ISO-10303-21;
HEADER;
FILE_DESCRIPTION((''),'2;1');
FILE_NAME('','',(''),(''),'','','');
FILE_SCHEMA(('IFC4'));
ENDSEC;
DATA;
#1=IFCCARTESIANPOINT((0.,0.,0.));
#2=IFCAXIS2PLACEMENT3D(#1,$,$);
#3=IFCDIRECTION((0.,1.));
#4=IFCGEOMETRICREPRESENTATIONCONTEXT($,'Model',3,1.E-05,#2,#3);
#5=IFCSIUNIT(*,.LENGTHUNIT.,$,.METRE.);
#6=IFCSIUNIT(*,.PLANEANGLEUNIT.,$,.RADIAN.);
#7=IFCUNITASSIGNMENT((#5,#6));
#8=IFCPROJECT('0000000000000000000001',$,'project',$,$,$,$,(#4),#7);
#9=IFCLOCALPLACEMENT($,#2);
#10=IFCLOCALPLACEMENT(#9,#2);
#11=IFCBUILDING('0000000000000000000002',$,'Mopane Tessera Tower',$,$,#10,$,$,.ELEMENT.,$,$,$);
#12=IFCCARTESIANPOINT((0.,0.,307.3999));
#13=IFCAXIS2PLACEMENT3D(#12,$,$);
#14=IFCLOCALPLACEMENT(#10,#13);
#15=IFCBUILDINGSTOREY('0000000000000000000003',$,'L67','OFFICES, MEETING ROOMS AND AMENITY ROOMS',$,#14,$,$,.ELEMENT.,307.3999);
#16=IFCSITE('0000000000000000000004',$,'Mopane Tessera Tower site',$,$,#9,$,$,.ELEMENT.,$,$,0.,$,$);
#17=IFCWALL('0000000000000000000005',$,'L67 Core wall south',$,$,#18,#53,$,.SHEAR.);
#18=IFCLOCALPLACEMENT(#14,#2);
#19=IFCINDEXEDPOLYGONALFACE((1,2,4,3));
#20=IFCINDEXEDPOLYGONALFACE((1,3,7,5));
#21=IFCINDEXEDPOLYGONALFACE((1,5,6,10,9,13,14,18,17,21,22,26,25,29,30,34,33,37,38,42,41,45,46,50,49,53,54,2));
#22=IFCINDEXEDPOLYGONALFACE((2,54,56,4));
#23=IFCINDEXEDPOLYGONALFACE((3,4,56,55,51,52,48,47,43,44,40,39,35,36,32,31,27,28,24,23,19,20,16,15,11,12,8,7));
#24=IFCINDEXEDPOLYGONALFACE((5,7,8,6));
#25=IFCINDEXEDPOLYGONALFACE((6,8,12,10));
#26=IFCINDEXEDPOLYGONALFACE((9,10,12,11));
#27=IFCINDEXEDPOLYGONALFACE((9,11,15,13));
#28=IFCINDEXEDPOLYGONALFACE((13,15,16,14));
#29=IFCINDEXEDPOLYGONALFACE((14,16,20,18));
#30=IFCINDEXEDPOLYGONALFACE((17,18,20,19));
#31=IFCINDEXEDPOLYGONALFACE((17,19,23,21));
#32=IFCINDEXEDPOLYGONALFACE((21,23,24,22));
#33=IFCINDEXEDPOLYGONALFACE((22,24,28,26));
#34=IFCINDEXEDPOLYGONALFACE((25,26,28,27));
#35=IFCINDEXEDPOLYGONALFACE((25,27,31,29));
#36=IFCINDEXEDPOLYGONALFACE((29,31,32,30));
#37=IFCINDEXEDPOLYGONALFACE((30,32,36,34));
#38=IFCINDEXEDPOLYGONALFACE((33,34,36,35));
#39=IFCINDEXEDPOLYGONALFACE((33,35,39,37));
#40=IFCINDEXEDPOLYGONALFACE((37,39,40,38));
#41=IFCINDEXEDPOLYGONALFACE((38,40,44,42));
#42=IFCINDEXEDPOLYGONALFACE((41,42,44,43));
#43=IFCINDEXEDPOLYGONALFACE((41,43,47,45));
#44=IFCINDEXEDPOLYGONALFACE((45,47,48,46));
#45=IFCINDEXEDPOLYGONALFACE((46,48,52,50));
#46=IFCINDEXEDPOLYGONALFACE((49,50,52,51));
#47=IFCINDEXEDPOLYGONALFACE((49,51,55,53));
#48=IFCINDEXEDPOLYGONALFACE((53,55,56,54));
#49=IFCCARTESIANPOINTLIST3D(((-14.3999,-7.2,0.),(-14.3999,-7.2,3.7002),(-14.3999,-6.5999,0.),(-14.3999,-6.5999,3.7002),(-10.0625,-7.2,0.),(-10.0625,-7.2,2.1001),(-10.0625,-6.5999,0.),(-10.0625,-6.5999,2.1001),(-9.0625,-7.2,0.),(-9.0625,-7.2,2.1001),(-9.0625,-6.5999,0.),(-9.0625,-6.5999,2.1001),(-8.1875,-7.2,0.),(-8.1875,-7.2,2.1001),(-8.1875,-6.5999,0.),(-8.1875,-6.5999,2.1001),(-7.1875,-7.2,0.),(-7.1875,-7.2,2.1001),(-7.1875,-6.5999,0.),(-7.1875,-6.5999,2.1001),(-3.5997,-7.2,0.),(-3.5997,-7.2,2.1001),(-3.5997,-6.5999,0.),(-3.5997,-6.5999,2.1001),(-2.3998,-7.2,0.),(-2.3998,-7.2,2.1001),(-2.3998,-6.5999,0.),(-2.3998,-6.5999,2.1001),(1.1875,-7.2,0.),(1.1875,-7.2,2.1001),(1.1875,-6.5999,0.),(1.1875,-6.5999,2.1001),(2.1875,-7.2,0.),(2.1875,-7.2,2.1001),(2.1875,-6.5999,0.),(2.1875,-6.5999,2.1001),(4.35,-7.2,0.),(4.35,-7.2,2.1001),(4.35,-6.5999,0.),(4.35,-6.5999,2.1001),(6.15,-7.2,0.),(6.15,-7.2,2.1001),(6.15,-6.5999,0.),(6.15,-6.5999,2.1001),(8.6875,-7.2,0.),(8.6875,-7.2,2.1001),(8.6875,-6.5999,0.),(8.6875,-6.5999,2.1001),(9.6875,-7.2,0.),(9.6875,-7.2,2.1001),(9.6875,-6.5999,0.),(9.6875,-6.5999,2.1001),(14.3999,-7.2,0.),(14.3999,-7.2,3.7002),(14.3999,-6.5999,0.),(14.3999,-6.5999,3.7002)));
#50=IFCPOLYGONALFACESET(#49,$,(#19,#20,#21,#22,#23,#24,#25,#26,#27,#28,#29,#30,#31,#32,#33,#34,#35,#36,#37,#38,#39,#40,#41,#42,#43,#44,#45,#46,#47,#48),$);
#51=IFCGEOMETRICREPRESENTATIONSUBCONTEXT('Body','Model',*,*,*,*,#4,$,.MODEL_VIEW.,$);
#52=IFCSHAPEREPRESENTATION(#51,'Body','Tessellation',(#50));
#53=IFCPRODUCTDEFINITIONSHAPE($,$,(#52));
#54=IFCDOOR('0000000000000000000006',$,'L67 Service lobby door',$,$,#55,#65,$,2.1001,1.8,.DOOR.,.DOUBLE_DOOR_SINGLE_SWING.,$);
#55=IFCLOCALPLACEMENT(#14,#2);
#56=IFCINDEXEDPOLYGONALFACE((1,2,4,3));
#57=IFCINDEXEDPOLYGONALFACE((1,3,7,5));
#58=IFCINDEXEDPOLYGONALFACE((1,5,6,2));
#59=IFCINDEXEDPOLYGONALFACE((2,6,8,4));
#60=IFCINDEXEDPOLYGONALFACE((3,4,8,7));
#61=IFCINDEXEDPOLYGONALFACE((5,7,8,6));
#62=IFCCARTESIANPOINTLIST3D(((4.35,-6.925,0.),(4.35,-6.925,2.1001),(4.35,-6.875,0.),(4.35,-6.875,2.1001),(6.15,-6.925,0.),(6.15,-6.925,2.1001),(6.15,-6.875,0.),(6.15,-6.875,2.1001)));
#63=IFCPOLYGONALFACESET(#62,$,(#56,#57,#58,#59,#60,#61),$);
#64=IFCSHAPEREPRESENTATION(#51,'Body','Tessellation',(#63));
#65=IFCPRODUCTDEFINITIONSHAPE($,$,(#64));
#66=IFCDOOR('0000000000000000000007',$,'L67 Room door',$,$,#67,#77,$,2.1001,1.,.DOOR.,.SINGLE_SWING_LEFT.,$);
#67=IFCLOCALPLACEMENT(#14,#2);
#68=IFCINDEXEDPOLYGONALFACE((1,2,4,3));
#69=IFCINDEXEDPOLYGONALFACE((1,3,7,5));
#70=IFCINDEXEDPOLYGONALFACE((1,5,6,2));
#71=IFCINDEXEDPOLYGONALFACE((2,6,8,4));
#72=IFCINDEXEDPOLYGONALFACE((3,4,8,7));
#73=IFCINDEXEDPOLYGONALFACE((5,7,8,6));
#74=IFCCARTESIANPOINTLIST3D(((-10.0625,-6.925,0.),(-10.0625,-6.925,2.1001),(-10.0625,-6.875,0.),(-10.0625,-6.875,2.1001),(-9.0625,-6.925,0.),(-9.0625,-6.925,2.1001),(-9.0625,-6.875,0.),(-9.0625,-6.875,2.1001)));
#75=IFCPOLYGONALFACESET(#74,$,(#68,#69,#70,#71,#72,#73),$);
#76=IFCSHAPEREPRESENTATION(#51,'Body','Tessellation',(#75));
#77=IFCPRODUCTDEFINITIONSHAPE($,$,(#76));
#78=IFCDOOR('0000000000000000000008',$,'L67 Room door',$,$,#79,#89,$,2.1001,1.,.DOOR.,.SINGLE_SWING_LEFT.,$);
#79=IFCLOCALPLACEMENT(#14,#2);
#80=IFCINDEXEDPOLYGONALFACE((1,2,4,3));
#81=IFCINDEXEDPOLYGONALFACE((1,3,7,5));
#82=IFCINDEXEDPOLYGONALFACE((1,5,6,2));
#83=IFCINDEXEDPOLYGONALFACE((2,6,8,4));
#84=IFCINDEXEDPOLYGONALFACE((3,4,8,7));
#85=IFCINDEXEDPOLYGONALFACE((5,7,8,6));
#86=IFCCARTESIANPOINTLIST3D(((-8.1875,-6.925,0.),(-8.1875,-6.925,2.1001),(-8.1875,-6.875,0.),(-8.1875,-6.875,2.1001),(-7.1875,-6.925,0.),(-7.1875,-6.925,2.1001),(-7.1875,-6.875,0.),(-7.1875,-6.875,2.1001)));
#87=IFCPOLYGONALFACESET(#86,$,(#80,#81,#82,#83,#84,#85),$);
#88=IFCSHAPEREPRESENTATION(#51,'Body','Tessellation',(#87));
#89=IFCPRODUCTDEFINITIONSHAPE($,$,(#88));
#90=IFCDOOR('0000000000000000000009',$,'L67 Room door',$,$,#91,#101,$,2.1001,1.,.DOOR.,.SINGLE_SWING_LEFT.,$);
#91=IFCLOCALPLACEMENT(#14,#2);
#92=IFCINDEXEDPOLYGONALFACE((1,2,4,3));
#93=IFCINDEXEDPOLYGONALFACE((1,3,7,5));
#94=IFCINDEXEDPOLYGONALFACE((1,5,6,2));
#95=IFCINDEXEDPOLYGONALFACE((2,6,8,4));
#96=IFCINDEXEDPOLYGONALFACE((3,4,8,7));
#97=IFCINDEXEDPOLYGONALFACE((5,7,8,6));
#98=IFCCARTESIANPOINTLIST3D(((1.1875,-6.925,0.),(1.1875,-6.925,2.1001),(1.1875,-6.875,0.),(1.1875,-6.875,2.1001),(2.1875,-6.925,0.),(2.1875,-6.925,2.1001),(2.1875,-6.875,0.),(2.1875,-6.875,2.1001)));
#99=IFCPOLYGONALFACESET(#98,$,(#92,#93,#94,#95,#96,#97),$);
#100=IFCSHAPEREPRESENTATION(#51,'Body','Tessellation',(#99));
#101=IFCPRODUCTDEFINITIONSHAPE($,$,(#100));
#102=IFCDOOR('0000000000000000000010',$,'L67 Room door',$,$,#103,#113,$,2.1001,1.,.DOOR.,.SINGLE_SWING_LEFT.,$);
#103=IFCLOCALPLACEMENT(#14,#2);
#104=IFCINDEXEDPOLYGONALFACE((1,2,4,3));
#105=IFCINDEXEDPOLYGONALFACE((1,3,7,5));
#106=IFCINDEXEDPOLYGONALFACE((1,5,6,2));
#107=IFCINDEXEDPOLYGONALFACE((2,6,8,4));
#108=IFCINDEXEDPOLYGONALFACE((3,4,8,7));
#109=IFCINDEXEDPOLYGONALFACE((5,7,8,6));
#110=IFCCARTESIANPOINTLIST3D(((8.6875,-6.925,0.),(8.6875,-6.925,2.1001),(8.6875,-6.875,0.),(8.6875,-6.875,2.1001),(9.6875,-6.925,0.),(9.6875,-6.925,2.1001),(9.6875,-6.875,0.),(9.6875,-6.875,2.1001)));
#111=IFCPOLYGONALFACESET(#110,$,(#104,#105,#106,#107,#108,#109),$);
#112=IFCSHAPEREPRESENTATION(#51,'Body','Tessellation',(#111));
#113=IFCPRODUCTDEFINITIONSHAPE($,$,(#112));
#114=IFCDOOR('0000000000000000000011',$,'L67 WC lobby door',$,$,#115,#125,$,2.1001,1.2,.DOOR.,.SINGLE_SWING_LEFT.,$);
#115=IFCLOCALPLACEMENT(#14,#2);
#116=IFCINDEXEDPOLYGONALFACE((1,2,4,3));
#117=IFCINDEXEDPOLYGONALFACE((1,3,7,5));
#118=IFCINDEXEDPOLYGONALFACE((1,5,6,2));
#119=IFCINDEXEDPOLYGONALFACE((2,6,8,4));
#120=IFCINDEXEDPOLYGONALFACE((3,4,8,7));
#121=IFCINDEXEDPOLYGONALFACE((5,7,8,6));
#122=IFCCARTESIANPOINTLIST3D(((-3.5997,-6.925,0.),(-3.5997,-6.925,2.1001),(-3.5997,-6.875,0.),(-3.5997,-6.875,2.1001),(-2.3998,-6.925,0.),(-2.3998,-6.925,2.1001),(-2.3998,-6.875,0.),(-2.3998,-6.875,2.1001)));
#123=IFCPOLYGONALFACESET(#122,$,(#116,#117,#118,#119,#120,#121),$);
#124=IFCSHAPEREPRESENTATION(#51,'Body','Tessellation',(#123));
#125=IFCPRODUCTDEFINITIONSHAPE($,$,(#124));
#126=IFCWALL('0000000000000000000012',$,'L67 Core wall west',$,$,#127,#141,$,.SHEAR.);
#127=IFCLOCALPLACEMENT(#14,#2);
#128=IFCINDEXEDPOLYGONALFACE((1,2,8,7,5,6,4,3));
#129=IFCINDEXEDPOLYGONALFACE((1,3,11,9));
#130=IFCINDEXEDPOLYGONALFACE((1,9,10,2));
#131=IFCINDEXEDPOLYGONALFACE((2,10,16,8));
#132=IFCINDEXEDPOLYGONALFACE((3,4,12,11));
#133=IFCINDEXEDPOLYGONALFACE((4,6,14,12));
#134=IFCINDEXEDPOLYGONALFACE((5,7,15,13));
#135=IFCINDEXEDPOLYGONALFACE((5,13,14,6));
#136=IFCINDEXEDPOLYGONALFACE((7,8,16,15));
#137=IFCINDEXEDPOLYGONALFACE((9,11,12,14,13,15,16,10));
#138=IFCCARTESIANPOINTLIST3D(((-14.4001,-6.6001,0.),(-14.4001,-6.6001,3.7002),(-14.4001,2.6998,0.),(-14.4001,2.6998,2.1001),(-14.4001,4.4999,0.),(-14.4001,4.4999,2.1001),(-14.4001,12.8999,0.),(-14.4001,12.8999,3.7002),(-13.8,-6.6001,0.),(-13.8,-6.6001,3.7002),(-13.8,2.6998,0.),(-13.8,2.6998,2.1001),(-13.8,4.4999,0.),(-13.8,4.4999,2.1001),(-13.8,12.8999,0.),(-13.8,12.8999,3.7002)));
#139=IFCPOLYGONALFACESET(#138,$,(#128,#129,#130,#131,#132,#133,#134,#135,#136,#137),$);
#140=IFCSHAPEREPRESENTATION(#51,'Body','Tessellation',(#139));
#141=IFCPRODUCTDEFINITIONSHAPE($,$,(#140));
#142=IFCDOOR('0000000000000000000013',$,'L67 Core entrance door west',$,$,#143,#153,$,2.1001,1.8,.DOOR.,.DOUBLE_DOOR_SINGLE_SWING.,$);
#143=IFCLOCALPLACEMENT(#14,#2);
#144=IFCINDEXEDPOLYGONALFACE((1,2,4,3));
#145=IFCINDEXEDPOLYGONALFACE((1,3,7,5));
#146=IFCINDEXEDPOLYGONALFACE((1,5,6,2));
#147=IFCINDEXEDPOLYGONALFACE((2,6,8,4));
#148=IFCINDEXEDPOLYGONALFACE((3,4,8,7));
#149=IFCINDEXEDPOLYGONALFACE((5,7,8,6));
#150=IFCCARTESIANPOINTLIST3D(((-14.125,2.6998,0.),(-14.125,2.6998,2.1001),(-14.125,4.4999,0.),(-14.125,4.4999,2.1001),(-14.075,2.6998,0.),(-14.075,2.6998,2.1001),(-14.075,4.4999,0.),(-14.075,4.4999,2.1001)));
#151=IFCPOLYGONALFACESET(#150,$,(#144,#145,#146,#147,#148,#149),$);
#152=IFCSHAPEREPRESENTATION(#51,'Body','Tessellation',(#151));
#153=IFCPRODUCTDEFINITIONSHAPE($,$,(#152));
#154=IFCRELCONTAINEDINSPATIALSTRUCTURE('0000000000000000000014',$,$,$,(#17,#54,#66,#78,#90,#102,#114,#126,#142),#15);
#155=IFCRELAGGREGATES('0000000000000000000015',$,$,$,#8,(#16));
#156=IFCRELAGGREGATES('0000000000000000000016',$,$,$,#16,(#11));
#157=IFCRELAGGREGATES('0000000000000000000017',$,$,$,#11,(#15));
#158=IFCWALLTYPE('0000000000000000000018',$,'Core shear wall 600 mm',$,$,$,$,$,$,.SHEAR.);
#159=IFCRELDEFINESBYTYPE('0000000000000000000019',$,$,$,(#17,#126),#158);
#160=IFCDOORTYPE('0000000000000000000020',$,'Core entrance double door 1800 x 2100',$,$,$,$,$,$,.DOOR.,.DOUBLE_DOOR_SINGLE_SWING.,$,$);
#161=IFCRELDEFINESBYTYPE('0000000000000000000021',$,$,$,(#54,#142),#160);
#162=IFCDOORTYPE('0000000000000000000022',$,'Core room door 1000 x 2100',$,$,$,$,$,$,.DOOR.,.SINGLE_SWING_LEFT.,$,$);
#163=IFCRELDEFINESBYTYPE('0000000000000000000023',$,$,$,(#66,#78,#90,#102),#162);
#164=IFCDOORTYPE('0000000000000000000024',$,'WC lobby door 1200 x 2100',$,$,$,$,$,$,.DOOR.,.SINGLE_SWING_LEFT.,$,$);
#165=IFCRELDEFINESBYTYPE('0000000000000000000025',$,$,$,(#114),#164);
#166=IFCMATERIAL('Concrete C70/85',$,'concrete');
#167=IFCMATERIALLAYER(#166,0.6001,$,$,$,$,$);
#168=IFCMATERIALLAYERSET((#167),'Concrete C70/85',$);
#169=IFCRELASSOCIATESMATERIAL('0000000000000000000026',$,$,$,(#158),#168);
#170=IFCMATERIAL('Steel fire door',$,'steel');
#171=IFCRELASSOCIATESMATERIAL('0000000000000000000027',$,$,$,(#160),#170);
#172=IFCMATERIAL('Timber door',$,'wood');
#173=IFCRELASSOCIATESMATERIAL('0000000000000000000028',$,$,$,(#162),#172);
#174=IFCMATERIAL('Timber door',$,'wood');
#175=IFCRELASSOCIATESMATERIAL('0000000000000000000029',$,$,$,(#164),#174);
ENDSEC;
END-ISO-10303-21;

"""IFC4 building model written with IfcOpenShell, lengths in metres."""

from ifc_helpers import new_model, si_unit, direction, frame, frame_2d, origin, place, context, subcontext, project, spatial, rectangle, extrude, material, layer, layer_set, type_object, element, fill, save


model = new_model("IFC4")

# Units and contexts
model_context = context("Model", 3, precision=1e-05, world=origin(), true_north=direction((0.0, 1.0)))
body_context = subcontext(model_context, "Body", "Model", "MODEL_VIEW")
ifc_project = project(units=[si_unit("LENGTHUNIT", "METRE"), si_unit("PLANEANGLEUNIT", "RADIAN")], contexts=[model_context])

# Site, building, storey
site_placement = place(None, origin())
site = spatial("IfcSite", under=ifc_project, at=site_placement, Name="Mopane Tessera Tower site", CompositionType="ELEMENT", RefElevation=0.0)
building_placement = place(site_placement, origin())
building = spatial("IfcBuilding", under=site, at=building_placement, Name="Mopane Tessera Tower", CompositionType="ELEMENT")
storey_placement = place(building_placement, frame((0.0, 0.0, 307.3999)))
storey = spatial("IfcBuildingStorey", under=building, at=storey_placement, Name="L67", Description="OFFICES, MEETING ROOMS AND AMENITY ROOMS", CompositionType="ELEMENT", Elevation=307.3999)

# Wall, openings, doors
ifc_material_1 = material(Name="Concrete C70/85", Category="concrete")
ifc_layer_1 = layer(ifc_material_1, 0.6001)
ifc_layer_set_1 = layer_set([ifc_layer_1], Name="Concrete C70/85")
wall_type_1 = type_object("IfcWallType", Name="Core shear wall 600 mm", PredefinedType="SHEAR", material=ifc_layer_set_1)
wall_1_placement = place(storey_placement, frame((-14.3999, -6.8999, 0.0), z_axis=(0.0, 0.0, 1.0), x_axis=(1.0, 0.0, 0.0)))
wall_1 = element("IfcWall", 1, at=wall_1_placement, inside=storey, type_object=wall_type_1, Name="L67 Core wall south", PredefinedType="SHEAR", context=body_context, shape_type="SweptSolid", body=[
    extrude(rectangle(XDim=28.7998, YDim=0.6001, at=frame_2d((14.3999, 0.0))), origin(), (0.0, 0.0, 1.0), 3.7002),
])
opening_1_placement = place(wall_1_placement, frame((4.3374, 0.0, 0.0)))
opening_1 = element("IfcOpeningElement", 2, at=opening_1_placement, cuts=wall_1, PredefinedType="OPENING", context=body_context, shape_type="SweptSolid", body=[
    extrude(rectangle(XDim=1.0, YDim=2.1001, at=frame_2d((0.5, 1.05))), frame((0.0, 0.312, 0.0), z_axis=(0.0, -1.0, 0.0), x_axis=(1.0, 0.0, 0.0)), (0.0, 0.0, 1.0), 0.624),
])
opening_2_placement = place(wall_1_placement, frame((6.2124, 0.0, 0.0)))
opening_2 = element("IfcOpeningElement", 3, at=opening_2_placement, cuts=wall_1, PredefinedType="OPENING", context=body_context, shape_type="SweptSolid", body=[
    extrude(rectangle(XDim=1.0, YDim=2.1001, at=frame_2d((0.5, 1.05))), frame((0.0, 0.312, 0.0), z_axis=(0.0, -1.0, 0.0), x_axis=(1.0, 0.0, 0.0)), (0.0, 0.0, 1.0), 0.624),
])
opening_3_placement = place(wall_1_placement, frame((10.8, 0.0, 0.0)))
opening_3 = element("IfcOpeningElement", 4, at=opening_3_placement, cuts=wall_1, PredefinedType="OPENING", context=body_context, shape_type="SweptSolid", body=[
    extrude(rectangle(XDim=1.2, YDim=2.1001, at=frame_2d((0.6001, 1.05))), frame((0.0, 0.312, 0.0), z_axis=(0.0, -1.0, 0.0), x_axis=(1.0, 0.0, 0.0)), (0.0, 0.0, 1.0), 0.624),
])
opening_4_placement = place(wall_1_placement, frame((15.5874, 0.0, 0.0)))
opening_4 = element("IfcOpeningElement", 5, at=opening_4_placement, cuts=wall_1, PredefinedType="OPENING", context=body_context, shape_type="SweptSolid", body=[
    extrude(rectangle(XDim=1.0, YDim=2.1001, at=frame_2d((0.5, 1.05))), frame((0.0, 0.312, 0.0), z_axis=(0.0, -1.0, 0.0), x_axis=(1.0, 0.0, 0.0)), (0.0, 0.0, 1.0), 0.624),
])
opening_5_placement = place(wall_1_placement, frame((18.75, 0.0, 0.0)))
opening_5 = element("IfcOpeningElement", 6, at=opening_5_placement, cuts=wall_1, PredefinedType="OPENING", context=body_context, shape_type="SweptSolid", body=[
    extrude(rectangle(XDim=1.8, YDim=2.1001, at=frame_2d((0.8999, 1.05))), frame((0.0, 0.312, 0.0), z_axis=(0.0, -1.0, 0.0), x_axis=(1.0, 0.0, 0.0)), (0.0, 0.0, 1.0), 0.624),
])
opening_6_placement = place(wall_1_placement, frame((23.0874, 0.0, 0.0)))
opening_6 = element("IfcOpeningElement", 7, at=opening_6_placement, cuts=wall_1, PredefinedType="OPENING", context=body_context, shape_type="SweptSolid", body=[
    extrude(rectangle(XDim=1.0, YDim=2.1001, at=frame_2d((0.5, 1.05))), frame((0.0, 0.312, 0.0), z_axis=(0.0, -1.0, 0.0), x_axis=(1.0, 0.0, 0.0)), (0.0, 0.0, 1.0), 0.624),
])
ifc_material_2 = material(Name="Steel fire door", Category="steel")
door_type_1 = type_object("IfcDoorType", Name="Core entrance double door 1800 x 2100", OperationType="DOUBLE_DOOR_SINGLE_SWING", PredefinedType="DOOR", material=ifc_material_2)
door_1_placement = place(opening_5_placement, origin())
door_1 = element("IfcDoor", 8, at=door_1_placement, inside=storey, type_object=door_type_1, Name="L67 Service lobby door", OperationType="DOUBLE_DOOR_SINGLE_SWING", OverallHeight=2.1001, OverallWidth=1.8, PredefinedType="DOOR", context=body_context, shape_type="SweptSolid", body=[
    extrude(rectangle(XDim=1.8, YDim=2.1001, at=frame_2d((0.8999, 1.05))), frame((0.0, 0.0249, 0.0), z_axis=(0.0, -1.0, 0.0), x_axis=(1.0, 0.0, 0.0)), (0.0, 0.0, 1.0), 0.05),
])
fill(opening_5, door_1)
ifc_material_3 = material(Name="Timber door", Category="wood")
door_type_2 = type_object("IfcDoorType", Name="Core room door 1000 x 2100", OperationType="SINGLE_SWING_LEFT", PredefinedType="DOOR", material=ifc_material_3)
door_2_placement = place(opening_1_placement, origin())
door_2 = element("IfcDoor", 9, at=door_2_placement, inside=storey, type_object=door_type_2, Name="L67 Room door", OperationType="SINGLE_SWING_LEFT", OverallHeight=2.1001, OverallWidth=1.0, PredefinedType="DOOR", context=body_context, shape_type="SweptSolid", body=[
    extrude(rectangle(XDim=1.0, YDim=2.1001, at=frame_2d((0.5, 1.05))), frame((0.0, 0.0249, 0.0), z_axis=(0.0, -1.0, 0.0), x_axis=(1.0, 0.0, 0.0)), (0.0, 0.0, 1.0), 0.05),
])
fill(opening_1, door_2)
door_3_placement = place(opening_2_placement, origin())
door_3 = element("IfcDoor", 10, at=door_3_placement, inside=storey, type_object=door_type_2, Name="L67 Room door", OperationType="SINGLE_SWING_LEFT", OverallHeight=2.1001, OverallWidth=1.0, PredefinedType="DOOR", context=body_context, shape_type="SweptSolid", body=[
    extrude(rectangle(XDim=1.0, YDim=2.1001, at=frame_2d((0.5, 1.05))), frame((0.0, 0.0249, 0.0), z_axis=(0.0, -1.0, 0.0), x_axis=(1.0, 0.0, 0.0)), (0.0, 0.0, 1.0), 0.05),
])
fill(opening_2, door_3)
door_4_placement = place(opening_4_placement, origin())
door_4 = element("IfcDoor", 11, at=door_4_placement, inside=storey, type_object=door_type_2, Name="L67 Room door", OperationType="SINGLE_SWING_LEFT", OverallHeight=2.1001, OverallWidth=1.0, PredefinedType="DOOR", context=body_context, shape_type="SweptSolid", body=[
    extrude(rectangle(XDim=1.0, YDim=2.1001, at=frame_2d((0.5, 1.05))), frame((0.0, 0.0249, 0.0), z_axis=(0.0, -1.0, 0.0), x_axis=(1.0, 0.0, 0.0)), (0.0, 0.0, 1.0), 0.05),
])
fill(opening_4, door_4)
door_5_placement = place(opening_6_placement, origin())
door_5 = element("IfcDoor", 12, at=door_5_placement, inside=storey, type_object=door_type_2, Name="L67 Room door", OperationType="SINGLE_SWING_LEFT", OverallHeight=2.1001, OverallWidth=1.0, PredefinedType="DOOR", context=body_context, shape_type="SweptSolid", body=[
    extrude(rectangle(XDim=1.0, YDim=2.1001, at=frame_2d((0.5, 1.05))), frame((0.0, 0.0249, 0.0), z_axis=(0.0, -1.0, 0.0), x_axis=(1.0, 0.0, 0.0)), (0.0, 0.0, 1.0), 0.05),
])
fill(opening_6, door_5)
ifc_material_4 = material(Name="Timber door", Category="wood")
door_type_3 = type_object("IfcDoorType", Name="WC lobby door 1200 x 2100", OperationType="SINGLE_SWING_LEFT", PredefinedType="DOOR", material=ifc_material_4)
door_6_placement = place(opening_3_placement, origin())
door_6 = element("IfcDoor", 13, at=door_6_placement, inside=storey, type_object=door_type_3, Name="L67 WC lobby door", OperationType="SINGLE_SWING_LEFT", OverallHeight=2.1001, OverallWidth=1.2, PredefinedType="DOOR", context=body_context, shape_type="SweptSolid", body=[
    extrude(rectangle(XDim=1.2, YDim=2.1001, at=frame_2d((0.6001, 1.05))), frame((0.0, 0.0249, 0.0), z_axis=(0.0, -1.0, 0.0), x_axis=(1.0, 0.0, 0.0)), (0.0, 0.0, 1.0), 0.05),
])
fill(opening_3, door_6)

# Wall, opening, door
wall_2_placement = place(storey_placement, frame((-14.1001, -6.6001, 0.0), z_axis=(0.0, 0.0, 1.0), x_axis=(0.0, 1.0, 0.0)))
wall_2 = element("IfcWall", 14, at=wall_2_placement, inside=storey, type_object=wall_type_1, Name="L67 Core wall west", PredefinedType="SHEAR", context=body_context, shape_type="SweptSolid", body=[
    extrude(rectangle(XDim=19.5, YDim=0.6001, at=frame_2d((9.75, 0.0))), origin(), (0.0, 0.0, 1.0), 3.7002),
])
opening_7_placement = place(wall_2_placement, frame((9.3, 0.0, 0.0)))
opening_7 = element("IfcOpeningElement", 15, at=opening_7_placement, cuts=wall_2, PredefinedType="OPENING", context=body_context, shape_type="SweptSolid", body=[
    extrude(rectangle(XDim=1.8, YDim=2.1001, at=frame_2d((0.8999, 1.05))), frame((0.0, 0.312, 0.0), z_axis=(0.0, -1.0, 0.0), x_axis=(1.0, 0.0, 0.0)), (0.0, 0.0, 1.0), 0.624),
])
door_7_placement = place(opening_7_placement, origin())
door_7 = element("IfcDoor", 16, at=door_7_placement, inside=storey, type_object=door_type_1, Name="L67 Core entrance door west", OperationType="DOUBLE_DOOR_SINGLE_SWING", OverallHeight=2.1001, OverallWidth=1.8, PredefinedType="DOOR", context=body_context, shape_type="SweptSolid", body=[
    extrude(rectangle(XDim=1.8, YDim=2.1001, at=frame_2d((0.8999, 1.05))), frame((0.0, 0.0249, 0.0), z_axis=(0.0, -1.0, 0.0), x_axis=(1.0, 0.0, 0.0)), (0.0, 0.0, 1.0), 0.05),
])
fill(opening_7, door_7)

save(model, "model.ifc")
